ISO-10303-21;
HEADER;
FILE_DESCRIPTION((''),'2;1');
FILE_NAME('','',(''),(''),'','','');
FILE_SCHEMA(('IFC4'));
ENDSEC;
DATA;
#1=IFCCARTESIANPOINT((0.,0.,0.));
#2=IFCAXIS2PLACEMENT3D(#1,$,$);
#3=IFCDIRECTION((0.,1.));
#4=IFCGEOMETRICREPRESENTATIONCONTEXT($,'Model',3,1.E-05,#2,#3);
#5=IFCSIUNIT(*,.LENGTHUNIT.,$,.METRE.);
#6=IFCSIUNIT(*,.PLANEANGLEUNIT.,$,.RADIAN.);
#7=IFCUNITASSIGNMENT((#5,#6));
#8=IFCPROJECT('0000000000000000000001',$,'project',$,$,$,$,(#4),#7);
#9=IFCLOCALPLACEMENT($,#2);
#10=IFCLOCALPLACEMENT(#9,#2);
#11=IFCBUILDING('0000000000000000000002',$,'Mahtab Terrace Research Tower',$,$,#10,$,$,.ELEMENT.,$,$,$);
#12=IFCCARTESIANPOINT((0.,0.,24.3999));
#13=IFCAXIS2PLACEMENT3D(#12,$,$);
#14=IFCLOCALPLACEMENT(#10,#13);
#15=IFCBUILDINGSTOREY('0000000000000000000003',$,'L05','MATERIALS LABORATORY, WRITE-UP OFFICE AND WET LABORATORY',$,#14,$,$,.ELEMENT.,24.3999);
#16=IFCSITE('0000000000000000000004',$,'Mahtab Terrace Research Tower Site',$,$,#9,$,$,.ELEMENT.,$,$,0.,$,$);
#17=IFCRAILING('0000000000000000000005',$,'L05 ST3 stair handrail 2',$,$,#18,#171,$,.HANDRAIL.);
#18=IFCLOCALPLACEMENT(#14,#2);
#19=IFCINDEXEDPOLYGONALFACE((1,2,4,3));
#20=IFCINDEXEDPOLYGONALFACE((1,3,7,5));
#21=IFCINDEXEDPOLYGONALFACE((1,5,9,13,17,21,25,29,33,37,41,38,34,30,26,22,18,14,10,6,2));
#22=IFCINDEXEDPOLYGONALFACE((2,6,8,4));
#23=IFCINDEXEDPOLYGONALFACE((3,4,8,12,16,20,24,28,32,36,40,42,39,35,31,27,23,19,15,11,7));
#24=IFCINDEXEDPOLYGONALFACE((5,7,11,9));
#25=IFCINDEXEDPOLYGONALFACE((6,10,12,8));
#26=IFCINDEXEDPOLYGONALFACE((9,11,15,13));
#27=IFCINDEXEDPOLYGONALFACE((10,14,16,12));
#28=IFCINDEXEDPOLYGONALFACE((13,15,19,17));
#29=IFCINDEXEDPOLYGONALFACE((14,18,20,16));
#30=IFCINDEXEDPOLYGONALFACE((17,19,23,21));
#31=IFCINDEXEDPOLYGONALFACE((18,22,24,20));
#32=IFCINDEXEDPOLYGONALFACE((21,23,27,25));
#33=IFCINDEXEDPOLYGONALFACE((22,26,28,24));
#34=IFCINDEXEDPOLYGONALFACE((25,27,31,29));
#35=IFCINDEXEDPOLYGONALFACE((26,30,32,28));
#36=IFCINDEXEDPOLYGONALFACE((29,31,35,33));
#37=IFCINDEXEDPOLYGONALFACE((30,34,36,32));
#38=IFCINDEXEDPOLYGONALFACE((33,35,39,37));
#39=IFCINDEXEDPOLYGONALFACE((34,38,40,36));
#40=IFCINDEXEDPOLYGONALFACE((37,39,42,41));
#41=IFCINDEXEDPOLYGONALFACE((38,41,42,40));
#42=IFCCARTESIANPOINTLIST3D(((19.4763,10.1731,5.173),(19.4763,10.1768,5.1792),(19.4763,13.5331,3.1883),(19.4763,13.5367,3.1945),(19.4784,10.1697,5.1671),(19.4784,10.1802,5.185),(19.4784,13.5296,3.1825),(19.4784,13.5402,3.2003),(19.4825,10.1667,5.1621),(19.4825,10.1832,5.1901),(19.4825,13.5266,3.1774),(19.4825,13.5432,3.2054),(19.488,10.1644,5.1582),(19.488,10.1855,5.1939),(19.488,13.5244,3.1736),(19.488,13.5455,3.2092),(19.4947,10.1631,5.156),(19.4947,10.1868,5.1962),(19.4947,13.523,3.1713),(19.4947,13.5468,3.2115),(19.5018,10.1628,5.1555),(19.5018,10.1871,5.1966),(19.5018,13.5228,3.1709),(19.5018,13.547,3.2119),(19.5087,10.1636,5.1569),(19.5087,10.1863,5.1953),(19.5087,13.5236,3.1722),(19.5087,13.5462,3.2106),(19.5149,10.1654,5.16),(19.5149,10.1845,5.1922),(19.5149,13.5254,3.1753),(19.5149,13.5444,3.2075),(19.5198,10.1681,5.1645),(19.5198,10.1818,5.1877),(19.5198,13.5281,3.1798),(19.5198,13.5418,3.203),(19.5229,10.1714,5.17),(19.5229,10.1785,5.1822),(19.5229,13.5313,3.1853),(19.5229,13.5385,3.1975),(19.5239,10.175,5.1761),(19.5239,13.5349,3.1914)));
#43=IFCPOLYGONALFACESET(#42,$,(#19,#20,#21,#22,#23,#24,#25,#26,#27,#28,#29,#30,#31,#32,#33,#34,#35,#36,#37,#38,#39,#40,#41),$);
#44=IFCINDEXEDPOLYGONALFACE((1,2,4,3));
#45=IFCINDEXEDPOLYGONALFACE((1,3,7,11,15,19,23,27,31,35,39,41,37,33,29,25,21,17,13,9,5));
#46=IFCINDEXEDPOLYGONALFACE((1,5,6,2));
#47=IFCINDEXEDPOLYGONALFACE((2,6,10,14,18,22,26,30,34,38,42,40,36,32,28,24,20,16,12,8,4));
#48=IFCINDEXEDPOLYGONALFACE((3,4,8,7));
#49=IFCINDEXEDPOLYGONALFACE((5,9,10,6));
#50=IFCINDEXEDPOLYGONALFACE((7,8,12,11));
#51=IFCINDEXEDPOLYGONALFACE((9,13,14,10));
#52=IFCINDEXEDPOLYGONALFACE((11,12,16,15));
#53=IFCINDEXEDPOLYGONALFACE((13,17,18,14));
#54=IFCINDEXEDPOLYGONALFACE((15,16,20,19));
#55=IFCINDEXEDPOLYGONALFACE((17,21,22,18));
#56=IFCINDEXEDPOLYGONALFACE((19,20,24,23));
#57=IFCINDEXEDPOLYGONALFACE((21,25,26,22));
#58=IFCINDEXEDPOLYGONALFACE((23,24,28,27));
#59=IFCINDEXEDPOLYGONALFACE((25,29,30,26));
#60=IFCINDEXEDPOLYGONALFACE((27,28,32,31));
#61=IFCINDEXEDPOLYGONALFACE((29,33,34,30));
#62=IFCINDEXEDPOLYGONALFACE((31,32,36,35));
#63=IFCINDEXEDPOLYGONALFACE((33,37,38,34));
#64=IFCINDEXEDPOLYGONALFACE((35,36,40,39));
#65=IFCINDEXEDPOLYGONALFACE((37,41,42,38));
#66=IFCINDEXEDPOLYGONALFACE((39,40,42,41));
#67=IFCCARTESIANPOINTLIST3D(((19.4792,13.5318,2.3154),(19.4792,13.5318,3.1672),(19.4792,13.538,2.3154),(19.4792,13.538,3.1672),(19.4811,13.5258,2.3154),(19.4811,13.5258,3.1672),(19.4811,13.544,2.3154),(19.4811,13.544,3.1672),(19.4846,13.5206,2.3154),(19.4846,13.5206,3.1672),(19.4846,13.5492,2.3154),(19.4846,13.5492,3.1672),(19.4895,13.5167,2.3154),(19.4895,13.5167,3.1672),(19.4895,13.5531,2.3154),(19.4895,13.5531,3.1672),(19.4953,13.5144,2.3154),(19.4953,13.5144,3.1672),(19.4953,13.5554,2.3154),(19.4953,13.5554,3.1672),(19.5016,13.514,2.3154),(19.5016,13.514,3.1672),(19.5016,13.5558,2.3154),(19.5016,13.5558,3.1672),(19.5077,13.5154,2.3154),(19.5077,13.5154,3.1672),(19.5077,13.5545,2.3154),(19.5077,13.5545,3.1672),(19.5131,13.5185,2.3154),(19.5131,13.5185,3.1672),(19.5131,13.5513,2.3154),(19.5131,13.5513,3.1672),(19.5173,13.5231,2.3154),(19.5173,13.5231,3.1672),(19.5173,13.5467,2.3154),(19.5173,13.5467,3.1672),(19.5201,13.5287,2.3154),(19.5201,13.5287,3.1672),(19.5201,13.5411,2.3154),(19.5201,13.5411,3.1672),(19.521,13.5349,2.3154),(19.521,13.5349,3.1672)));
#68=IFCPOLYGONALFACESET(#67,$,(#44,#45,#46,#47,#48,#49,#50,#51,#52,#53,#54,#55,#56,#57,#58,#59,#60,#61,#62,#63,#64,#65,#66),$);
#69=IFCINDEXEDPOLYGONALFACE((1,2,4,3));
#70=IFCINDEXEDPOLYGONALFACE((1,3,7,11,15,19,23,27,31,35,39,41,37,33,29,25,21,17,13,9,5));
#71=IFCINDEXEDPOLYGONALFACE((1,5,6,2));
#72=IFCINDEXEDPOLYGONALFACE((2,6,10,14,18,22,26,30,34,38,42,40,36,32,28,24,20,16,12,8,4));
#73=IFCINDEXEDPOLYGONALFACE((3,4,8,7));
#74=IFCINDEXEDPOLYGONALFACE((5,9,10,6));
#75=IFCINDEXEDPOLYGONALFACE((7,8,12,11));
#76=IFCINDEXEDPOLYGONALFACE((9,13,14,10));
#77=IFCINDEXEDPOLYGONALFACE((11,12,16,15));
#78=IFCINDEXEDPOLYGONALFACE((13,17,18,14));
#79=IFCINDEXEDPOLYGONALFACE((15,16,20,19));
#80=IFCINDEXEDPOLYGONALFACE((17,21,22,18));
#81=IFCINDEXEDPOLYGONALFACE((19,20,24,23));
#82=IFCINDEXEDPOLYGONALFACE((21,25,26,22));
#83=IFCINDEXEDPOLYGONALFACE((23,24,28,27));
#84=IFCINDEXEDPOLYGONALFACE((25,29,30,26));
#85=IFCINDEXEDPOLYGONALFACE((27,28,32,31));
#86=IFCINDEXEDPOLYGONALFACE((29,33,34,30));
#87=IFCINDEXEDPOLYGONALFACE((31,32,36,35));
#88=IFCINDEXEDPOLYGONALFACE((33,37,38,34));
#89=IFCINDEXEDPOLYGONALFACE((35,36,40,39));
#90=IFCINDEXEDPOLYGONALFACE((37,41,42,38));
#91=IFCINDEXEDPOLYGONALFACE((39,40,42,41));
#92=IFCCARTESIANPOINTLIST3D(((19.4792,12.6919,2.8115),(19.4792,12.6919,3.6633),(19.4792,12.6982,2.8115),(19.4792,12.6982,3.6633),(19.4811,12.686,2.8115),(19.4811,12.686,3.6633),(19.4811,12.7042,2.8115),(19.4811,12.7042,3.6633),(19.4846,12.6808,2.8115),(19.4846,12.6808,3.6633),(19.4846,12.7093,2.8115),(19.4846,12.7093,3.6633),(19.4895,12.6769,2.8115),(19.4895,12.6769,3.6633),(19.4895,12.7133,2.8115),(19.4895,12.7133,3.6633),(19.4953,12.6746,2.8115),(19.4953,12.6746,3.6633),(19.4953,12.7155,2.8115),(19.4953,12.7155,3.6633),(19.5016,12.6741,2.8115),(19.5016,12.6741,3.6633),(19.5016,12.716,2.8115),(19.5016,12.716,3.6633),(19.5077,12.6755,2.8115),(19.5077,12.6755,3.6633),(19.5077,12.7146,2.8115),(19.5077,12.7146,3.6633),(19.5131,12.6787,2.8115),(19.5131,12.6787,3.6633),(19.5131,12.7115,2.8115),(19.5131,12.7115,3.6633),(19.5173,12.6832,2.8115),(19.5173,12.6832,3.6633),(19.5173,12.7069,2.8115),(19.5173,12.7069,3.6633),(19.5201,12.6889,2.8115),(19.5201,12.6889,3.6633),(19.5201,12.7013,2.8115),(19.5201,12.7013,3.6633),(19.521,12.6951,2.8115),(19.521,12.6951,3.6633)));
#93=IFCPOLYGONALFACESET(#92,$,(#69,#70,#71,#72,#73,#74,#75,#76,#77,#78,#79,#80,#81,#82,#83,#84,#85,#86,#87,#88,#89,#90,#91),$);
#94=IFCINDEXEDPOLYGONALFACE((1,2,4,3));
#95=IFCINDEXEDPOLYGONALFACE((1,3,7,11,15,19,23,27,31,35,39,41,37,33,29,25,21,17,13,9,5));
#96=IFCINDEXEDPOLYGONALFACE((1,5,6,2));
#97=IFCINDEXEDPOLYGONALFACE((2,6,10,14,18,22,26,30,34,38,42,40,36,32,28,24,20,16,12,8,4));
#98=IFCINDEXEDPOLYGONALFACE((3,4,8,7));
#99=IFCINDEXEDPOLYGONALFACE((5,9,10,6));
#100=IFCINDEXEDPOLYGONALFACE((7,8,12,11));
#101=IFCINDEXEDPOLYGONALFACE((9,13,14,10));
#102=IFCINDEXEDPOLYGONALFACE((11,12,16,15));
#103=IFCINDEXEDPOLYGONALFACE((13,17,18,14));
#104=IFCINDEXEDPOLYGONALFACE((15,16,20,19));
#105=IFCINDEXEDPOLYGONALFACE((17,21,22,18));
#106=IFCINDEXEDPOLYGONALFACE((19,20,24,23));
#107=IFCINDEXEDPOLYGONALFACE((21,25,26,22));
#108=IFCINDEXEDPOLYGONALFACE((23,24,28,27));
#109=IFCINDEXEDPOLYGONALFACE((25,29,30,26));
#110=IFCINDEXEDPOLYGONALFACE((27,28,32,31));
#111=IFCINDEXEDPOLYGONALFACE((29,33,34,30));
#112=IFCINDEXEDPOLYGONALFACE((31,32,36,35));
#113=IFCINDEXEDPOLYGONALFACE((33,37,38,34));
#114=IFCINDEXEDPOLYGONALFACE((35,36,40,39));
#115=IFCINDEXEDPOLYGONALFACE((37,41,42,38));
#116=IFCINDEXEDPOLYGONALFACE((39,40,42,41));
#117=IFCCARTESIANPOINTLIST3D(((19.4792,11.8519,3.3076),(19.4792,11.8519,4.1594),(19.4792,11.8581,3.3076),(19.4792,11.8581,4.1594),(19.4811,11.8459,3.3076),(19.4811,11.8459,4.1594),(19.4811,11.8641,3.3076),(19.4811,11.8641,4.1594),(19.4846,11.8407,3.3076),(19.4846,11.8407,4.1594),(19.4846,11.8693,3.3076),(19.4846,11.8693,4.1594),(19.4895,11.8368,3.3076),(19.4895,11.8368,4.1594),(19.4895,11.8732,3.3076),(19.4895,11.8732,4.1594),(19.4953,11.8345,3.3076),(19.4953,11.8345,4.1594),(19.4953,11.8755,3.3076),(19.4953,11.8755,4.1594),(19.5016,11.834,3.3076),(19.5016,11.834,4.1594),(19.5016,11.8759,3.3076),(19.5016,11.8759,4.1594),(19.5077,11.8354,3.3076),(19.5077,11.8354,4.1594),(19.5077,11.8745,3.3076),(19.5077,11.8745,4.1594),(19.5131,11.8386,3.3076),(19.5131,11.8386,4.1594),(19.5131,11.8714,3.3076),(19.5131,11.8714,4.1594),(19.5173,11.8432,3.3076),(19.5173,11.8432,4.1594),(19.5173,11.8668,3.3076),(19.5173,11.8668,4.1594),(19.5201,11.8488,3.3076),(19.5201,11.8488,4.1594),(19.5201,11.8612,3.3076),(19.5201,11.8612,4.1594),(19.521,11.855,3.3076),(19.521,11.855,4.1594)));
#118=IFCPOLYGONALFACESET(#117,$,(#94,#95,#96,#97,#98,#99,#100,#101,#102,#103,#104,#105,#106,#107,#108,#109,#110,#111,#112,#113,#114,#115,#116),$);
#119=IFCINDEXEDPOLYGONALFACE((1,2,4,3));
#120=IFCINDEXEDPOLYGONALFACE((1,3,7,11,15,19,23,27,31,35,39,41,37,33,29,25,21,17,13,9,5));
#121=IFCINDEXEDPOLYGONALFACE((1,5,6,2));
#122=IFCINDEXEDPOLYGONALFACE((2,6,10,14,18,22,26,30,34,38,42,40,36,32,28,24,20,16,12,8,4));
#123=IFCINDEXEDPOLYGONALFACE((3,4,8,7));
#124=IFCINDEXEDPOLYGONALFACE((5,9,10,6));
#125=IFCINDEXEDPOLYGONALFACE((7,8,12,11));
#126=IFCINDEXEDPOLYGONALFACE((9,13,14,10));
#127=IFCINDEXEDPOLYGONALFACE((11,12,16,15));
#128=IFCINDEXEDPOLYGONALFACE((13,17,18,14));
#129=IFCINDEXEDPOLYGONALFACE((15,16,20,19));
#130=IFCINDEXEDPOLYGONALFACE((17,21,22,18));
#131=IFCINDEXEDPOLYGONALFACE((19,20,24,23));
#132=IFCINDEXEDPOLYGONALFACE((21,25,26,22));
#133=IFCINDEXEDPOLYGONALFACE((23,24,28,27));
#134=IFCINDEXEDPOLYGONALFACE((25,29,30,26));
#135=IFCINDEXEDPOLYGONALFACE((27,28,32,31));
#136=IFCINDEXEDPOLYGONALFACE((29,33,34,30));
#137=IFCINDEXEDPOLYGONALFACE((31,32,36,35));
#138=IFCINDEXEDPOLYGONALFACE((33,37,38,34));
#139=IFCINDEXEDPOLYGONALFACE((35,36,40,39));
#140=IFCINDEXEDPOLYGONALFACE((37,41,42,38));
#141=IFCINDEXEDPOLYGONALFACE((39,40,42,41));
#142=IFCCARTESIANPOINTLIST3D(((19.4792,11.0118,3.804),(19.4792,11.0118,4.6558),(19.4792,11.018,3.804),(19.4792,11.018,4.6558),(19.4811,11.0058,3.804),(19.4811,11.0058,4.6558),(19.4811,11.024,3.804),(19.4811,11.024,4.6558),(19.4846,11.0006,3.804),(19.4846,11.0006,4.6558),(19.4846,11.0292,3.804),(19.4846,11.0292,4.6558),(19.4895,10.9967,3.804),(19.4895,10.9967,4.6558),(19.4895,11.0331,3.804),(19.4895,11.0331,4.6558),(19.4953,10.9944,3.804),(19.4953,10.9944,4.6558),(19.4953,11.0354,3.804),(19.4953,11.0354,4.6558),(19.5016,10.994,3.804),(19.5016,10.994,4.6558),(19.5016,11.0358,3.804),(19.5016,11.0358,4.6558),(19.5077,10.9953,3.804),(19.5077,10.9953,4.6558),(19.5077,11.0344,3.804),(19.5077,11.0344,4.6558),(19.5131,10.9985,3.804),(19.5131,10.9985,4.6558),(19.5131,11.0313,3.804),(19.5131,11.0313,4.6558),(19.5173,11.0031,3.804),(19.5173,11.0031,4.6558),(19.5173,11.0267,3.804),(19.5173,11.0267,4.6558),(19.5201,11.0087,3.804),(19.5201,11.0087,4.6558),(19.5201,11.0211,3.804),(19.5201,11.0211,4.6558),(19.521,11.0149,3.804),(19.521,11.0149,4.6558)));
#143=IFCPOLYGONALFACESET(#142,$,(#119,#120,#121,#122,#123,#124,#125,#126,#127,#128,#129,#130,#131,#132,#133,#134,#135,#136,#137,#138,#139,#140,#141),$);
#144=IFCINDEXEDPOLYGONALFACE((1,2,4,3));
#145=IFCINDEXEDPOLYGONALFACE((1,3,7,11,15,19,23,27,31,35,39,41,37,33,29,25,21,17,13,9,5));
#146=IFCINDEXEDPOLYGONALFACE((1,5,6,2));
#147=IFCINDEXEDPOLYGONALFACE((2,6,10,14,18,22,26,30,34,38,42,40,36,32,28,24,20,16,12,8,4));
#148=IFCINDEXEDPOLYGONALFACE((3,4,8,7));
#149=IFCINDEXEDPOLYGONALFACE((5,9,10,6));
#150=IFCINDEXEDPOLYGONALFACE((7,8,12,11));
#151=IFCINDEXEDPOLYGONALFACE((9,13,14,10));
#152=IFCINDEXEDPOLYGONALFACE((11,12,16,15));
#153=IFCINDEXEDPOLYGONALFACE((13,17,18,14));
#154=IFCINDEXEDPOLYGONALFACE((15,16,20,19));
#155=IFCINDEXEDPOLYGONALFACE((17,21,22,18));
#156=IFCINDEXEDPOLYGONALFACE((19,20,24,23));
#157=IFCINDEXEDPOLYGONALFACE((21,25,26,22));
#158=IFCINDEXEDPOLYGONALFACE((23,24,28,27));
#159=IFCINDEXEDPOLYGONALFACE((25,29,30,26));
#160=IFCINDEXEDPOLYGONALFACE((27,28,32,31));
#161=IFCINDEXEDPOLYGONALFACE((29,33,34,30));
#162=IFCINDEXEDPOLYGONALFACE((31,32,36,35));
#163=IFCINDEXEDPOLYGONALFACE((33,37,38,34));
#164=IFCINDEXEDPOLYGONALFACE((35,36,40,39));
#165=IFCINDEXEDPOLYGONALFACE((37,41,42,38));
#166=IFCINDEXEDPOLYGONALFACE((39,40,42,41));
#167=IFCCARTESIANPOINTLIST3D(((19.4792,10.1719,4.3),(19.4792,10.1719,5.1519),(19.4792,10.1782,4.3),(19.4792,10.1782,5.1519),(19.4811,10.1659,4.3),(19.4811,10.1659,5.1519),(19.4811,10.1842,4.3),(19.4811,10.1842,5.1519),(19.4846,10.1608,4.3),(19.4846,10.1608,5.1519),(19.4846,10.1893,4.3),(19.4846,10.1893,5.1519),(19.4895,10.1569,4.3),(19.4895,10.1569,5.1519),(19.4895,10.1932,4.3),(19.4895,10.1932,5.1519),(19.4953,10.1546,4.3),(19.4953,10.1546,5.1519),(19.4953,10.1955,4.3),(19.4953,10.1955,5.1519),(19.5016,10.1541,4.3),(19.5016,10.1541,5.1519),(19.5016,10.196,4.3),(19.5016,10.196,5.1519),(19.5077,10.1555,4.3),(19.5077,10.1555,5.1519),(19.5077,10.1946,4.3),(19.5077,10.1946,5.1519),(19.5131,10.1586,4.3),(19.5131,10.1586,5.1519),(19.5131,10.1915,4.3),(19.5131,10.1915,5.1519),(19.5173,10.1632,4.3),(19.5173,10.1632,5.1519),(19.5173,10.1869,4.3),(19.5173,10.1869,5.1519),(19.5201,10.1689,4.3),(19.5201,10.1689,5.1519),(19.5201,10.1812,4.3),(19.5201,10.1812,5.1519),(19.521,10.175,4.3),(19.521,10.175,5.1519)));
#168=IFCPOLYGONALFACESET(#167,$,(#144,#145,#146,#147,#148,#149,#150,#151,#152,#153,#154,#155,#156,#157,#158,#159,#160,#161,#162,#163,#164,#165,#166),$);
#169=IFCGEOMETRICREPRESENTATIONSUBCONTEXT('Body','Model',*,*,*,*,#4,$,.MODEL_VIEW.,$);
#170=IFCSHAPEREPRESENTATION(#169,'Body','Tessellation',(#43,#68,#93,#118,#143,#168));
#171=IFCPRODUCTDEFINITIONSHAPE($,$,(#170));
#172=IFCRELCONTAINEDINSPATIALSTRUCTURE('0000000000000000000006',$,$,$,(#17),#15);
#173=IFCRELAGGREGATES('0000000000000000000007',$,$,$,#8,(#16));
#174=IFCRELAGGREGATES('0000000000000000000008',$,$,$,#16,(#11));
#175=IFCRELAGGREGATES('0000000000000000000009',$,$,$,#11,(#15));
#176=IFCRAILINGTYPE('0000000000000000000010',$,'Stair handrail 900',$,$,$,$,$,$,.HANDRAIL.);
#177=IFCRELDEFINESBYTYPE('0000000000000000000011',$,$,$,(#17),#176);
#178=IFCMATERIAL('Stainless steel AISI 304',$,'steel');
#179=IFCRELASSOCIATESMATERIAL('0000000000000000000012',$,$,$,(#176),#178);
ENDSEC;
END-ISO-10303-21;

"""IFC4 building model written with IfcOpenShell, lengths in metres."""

from ifc_helpers import new_model, si_unit, direction, frame, origin, origin_2d, place, context, subcontext, project, spatial, circle, extrude, material, type_object, element, save


model = new_model("IFC4")

# Units and contexts
model_context = context("Model", 3, precision=1e-05, world=origin(), true_north=direction((0.0, 1.0)))
body_context = subcontext(model_context, "Body", "Model", "MODEL_VIEW")
ifc_project = project(units=[si_unit("LENGTHUNIT", "METRE"), si_unit("PLANEANGLEUNIT", "RADIAN")], contexts=[model_context])

# Site, building, storey
site_placement = place(None, origin())
site = spatial("IfcSite", under=ifc_project, at=site_placement, Name="Mahtab Terrace Research Tower Site", CompositionType="ELEMENT", RefElevation=0.0)
building_placement = place(site_placement, origin())
building = spatial("IfcBuilding", under=site, at=building_placement, Name="Mahtab Terrace Research Tower", CompositionType="ELEMENT")
storey_placement = place(building_placement, frame((0.0, 0.0, 24.3999)))
storey = spatial("IfcBuildingStorey", under=building, at=storey_placement, Name="L05", Description="MATERIALS LABORATORY, WRITE-UP OFFICE AND WET LABORATORY", CompositionType="ELEMENT", Elevation=24.3999)

# Railing
ifc_material_1 = material(Name="Stainless steel AISI 304", Category="steel")
railing_type_1 = type_object("IfcRailingType", Name="Stair handrail 900", PredefinedType="HANDRAIL", material=ifc_material_1)
railing_1_placement = place(storey_placement, frame((19.5, 13.5349, 2.3154)))
element("IfcRailing", 1, at=railing_1_placement, inside=storey, type_object=railing_type_1, Name="L05 ST3 stair handrail 2", PredefinedType="HANDRAIL", context=body_context, shape_type="SweptSolid", body=[
    extrude(circle(Radius=0.0239, at=origin_2d()), frame((0.0, 0.0, 0.876), z_axis=(0.0, -0.861011, 0.508586), x_axis=(1.0, 0.0, 0.0)), (0.0, 0.0, 1.0), 3.9023),
    extrude(circle(Radius=0.021, at=origin_2d()), origin(), (0.0, 0.0, 1.0), 0.8518),
    extrude(circle(Radius=0.021, at=origin_2d()), frame((0.0, -0.8398, 0.4961)), (0.0, 0.0, 1.0), 0.8518),
    extrude(circle(Radius=0.021, at=origin_2d()), frame((0.0, -1.6799, 0.9922)), (0.0, 0.0, 1.0), 0.8518),
    extrude(circle(Radius=0.021, at=origin_2d()), frame((0.0, -2.52, 1.4885)), (0.0, 0.0, 1.0), 0.8518),
    extrude(circle(Radius=0.021, at=origin_2d()), frame((0.0, -3.3599, 1.9846)), (0.0, 0.0, 1.0), 0.8518),
])

save(model, "model.ifc")
